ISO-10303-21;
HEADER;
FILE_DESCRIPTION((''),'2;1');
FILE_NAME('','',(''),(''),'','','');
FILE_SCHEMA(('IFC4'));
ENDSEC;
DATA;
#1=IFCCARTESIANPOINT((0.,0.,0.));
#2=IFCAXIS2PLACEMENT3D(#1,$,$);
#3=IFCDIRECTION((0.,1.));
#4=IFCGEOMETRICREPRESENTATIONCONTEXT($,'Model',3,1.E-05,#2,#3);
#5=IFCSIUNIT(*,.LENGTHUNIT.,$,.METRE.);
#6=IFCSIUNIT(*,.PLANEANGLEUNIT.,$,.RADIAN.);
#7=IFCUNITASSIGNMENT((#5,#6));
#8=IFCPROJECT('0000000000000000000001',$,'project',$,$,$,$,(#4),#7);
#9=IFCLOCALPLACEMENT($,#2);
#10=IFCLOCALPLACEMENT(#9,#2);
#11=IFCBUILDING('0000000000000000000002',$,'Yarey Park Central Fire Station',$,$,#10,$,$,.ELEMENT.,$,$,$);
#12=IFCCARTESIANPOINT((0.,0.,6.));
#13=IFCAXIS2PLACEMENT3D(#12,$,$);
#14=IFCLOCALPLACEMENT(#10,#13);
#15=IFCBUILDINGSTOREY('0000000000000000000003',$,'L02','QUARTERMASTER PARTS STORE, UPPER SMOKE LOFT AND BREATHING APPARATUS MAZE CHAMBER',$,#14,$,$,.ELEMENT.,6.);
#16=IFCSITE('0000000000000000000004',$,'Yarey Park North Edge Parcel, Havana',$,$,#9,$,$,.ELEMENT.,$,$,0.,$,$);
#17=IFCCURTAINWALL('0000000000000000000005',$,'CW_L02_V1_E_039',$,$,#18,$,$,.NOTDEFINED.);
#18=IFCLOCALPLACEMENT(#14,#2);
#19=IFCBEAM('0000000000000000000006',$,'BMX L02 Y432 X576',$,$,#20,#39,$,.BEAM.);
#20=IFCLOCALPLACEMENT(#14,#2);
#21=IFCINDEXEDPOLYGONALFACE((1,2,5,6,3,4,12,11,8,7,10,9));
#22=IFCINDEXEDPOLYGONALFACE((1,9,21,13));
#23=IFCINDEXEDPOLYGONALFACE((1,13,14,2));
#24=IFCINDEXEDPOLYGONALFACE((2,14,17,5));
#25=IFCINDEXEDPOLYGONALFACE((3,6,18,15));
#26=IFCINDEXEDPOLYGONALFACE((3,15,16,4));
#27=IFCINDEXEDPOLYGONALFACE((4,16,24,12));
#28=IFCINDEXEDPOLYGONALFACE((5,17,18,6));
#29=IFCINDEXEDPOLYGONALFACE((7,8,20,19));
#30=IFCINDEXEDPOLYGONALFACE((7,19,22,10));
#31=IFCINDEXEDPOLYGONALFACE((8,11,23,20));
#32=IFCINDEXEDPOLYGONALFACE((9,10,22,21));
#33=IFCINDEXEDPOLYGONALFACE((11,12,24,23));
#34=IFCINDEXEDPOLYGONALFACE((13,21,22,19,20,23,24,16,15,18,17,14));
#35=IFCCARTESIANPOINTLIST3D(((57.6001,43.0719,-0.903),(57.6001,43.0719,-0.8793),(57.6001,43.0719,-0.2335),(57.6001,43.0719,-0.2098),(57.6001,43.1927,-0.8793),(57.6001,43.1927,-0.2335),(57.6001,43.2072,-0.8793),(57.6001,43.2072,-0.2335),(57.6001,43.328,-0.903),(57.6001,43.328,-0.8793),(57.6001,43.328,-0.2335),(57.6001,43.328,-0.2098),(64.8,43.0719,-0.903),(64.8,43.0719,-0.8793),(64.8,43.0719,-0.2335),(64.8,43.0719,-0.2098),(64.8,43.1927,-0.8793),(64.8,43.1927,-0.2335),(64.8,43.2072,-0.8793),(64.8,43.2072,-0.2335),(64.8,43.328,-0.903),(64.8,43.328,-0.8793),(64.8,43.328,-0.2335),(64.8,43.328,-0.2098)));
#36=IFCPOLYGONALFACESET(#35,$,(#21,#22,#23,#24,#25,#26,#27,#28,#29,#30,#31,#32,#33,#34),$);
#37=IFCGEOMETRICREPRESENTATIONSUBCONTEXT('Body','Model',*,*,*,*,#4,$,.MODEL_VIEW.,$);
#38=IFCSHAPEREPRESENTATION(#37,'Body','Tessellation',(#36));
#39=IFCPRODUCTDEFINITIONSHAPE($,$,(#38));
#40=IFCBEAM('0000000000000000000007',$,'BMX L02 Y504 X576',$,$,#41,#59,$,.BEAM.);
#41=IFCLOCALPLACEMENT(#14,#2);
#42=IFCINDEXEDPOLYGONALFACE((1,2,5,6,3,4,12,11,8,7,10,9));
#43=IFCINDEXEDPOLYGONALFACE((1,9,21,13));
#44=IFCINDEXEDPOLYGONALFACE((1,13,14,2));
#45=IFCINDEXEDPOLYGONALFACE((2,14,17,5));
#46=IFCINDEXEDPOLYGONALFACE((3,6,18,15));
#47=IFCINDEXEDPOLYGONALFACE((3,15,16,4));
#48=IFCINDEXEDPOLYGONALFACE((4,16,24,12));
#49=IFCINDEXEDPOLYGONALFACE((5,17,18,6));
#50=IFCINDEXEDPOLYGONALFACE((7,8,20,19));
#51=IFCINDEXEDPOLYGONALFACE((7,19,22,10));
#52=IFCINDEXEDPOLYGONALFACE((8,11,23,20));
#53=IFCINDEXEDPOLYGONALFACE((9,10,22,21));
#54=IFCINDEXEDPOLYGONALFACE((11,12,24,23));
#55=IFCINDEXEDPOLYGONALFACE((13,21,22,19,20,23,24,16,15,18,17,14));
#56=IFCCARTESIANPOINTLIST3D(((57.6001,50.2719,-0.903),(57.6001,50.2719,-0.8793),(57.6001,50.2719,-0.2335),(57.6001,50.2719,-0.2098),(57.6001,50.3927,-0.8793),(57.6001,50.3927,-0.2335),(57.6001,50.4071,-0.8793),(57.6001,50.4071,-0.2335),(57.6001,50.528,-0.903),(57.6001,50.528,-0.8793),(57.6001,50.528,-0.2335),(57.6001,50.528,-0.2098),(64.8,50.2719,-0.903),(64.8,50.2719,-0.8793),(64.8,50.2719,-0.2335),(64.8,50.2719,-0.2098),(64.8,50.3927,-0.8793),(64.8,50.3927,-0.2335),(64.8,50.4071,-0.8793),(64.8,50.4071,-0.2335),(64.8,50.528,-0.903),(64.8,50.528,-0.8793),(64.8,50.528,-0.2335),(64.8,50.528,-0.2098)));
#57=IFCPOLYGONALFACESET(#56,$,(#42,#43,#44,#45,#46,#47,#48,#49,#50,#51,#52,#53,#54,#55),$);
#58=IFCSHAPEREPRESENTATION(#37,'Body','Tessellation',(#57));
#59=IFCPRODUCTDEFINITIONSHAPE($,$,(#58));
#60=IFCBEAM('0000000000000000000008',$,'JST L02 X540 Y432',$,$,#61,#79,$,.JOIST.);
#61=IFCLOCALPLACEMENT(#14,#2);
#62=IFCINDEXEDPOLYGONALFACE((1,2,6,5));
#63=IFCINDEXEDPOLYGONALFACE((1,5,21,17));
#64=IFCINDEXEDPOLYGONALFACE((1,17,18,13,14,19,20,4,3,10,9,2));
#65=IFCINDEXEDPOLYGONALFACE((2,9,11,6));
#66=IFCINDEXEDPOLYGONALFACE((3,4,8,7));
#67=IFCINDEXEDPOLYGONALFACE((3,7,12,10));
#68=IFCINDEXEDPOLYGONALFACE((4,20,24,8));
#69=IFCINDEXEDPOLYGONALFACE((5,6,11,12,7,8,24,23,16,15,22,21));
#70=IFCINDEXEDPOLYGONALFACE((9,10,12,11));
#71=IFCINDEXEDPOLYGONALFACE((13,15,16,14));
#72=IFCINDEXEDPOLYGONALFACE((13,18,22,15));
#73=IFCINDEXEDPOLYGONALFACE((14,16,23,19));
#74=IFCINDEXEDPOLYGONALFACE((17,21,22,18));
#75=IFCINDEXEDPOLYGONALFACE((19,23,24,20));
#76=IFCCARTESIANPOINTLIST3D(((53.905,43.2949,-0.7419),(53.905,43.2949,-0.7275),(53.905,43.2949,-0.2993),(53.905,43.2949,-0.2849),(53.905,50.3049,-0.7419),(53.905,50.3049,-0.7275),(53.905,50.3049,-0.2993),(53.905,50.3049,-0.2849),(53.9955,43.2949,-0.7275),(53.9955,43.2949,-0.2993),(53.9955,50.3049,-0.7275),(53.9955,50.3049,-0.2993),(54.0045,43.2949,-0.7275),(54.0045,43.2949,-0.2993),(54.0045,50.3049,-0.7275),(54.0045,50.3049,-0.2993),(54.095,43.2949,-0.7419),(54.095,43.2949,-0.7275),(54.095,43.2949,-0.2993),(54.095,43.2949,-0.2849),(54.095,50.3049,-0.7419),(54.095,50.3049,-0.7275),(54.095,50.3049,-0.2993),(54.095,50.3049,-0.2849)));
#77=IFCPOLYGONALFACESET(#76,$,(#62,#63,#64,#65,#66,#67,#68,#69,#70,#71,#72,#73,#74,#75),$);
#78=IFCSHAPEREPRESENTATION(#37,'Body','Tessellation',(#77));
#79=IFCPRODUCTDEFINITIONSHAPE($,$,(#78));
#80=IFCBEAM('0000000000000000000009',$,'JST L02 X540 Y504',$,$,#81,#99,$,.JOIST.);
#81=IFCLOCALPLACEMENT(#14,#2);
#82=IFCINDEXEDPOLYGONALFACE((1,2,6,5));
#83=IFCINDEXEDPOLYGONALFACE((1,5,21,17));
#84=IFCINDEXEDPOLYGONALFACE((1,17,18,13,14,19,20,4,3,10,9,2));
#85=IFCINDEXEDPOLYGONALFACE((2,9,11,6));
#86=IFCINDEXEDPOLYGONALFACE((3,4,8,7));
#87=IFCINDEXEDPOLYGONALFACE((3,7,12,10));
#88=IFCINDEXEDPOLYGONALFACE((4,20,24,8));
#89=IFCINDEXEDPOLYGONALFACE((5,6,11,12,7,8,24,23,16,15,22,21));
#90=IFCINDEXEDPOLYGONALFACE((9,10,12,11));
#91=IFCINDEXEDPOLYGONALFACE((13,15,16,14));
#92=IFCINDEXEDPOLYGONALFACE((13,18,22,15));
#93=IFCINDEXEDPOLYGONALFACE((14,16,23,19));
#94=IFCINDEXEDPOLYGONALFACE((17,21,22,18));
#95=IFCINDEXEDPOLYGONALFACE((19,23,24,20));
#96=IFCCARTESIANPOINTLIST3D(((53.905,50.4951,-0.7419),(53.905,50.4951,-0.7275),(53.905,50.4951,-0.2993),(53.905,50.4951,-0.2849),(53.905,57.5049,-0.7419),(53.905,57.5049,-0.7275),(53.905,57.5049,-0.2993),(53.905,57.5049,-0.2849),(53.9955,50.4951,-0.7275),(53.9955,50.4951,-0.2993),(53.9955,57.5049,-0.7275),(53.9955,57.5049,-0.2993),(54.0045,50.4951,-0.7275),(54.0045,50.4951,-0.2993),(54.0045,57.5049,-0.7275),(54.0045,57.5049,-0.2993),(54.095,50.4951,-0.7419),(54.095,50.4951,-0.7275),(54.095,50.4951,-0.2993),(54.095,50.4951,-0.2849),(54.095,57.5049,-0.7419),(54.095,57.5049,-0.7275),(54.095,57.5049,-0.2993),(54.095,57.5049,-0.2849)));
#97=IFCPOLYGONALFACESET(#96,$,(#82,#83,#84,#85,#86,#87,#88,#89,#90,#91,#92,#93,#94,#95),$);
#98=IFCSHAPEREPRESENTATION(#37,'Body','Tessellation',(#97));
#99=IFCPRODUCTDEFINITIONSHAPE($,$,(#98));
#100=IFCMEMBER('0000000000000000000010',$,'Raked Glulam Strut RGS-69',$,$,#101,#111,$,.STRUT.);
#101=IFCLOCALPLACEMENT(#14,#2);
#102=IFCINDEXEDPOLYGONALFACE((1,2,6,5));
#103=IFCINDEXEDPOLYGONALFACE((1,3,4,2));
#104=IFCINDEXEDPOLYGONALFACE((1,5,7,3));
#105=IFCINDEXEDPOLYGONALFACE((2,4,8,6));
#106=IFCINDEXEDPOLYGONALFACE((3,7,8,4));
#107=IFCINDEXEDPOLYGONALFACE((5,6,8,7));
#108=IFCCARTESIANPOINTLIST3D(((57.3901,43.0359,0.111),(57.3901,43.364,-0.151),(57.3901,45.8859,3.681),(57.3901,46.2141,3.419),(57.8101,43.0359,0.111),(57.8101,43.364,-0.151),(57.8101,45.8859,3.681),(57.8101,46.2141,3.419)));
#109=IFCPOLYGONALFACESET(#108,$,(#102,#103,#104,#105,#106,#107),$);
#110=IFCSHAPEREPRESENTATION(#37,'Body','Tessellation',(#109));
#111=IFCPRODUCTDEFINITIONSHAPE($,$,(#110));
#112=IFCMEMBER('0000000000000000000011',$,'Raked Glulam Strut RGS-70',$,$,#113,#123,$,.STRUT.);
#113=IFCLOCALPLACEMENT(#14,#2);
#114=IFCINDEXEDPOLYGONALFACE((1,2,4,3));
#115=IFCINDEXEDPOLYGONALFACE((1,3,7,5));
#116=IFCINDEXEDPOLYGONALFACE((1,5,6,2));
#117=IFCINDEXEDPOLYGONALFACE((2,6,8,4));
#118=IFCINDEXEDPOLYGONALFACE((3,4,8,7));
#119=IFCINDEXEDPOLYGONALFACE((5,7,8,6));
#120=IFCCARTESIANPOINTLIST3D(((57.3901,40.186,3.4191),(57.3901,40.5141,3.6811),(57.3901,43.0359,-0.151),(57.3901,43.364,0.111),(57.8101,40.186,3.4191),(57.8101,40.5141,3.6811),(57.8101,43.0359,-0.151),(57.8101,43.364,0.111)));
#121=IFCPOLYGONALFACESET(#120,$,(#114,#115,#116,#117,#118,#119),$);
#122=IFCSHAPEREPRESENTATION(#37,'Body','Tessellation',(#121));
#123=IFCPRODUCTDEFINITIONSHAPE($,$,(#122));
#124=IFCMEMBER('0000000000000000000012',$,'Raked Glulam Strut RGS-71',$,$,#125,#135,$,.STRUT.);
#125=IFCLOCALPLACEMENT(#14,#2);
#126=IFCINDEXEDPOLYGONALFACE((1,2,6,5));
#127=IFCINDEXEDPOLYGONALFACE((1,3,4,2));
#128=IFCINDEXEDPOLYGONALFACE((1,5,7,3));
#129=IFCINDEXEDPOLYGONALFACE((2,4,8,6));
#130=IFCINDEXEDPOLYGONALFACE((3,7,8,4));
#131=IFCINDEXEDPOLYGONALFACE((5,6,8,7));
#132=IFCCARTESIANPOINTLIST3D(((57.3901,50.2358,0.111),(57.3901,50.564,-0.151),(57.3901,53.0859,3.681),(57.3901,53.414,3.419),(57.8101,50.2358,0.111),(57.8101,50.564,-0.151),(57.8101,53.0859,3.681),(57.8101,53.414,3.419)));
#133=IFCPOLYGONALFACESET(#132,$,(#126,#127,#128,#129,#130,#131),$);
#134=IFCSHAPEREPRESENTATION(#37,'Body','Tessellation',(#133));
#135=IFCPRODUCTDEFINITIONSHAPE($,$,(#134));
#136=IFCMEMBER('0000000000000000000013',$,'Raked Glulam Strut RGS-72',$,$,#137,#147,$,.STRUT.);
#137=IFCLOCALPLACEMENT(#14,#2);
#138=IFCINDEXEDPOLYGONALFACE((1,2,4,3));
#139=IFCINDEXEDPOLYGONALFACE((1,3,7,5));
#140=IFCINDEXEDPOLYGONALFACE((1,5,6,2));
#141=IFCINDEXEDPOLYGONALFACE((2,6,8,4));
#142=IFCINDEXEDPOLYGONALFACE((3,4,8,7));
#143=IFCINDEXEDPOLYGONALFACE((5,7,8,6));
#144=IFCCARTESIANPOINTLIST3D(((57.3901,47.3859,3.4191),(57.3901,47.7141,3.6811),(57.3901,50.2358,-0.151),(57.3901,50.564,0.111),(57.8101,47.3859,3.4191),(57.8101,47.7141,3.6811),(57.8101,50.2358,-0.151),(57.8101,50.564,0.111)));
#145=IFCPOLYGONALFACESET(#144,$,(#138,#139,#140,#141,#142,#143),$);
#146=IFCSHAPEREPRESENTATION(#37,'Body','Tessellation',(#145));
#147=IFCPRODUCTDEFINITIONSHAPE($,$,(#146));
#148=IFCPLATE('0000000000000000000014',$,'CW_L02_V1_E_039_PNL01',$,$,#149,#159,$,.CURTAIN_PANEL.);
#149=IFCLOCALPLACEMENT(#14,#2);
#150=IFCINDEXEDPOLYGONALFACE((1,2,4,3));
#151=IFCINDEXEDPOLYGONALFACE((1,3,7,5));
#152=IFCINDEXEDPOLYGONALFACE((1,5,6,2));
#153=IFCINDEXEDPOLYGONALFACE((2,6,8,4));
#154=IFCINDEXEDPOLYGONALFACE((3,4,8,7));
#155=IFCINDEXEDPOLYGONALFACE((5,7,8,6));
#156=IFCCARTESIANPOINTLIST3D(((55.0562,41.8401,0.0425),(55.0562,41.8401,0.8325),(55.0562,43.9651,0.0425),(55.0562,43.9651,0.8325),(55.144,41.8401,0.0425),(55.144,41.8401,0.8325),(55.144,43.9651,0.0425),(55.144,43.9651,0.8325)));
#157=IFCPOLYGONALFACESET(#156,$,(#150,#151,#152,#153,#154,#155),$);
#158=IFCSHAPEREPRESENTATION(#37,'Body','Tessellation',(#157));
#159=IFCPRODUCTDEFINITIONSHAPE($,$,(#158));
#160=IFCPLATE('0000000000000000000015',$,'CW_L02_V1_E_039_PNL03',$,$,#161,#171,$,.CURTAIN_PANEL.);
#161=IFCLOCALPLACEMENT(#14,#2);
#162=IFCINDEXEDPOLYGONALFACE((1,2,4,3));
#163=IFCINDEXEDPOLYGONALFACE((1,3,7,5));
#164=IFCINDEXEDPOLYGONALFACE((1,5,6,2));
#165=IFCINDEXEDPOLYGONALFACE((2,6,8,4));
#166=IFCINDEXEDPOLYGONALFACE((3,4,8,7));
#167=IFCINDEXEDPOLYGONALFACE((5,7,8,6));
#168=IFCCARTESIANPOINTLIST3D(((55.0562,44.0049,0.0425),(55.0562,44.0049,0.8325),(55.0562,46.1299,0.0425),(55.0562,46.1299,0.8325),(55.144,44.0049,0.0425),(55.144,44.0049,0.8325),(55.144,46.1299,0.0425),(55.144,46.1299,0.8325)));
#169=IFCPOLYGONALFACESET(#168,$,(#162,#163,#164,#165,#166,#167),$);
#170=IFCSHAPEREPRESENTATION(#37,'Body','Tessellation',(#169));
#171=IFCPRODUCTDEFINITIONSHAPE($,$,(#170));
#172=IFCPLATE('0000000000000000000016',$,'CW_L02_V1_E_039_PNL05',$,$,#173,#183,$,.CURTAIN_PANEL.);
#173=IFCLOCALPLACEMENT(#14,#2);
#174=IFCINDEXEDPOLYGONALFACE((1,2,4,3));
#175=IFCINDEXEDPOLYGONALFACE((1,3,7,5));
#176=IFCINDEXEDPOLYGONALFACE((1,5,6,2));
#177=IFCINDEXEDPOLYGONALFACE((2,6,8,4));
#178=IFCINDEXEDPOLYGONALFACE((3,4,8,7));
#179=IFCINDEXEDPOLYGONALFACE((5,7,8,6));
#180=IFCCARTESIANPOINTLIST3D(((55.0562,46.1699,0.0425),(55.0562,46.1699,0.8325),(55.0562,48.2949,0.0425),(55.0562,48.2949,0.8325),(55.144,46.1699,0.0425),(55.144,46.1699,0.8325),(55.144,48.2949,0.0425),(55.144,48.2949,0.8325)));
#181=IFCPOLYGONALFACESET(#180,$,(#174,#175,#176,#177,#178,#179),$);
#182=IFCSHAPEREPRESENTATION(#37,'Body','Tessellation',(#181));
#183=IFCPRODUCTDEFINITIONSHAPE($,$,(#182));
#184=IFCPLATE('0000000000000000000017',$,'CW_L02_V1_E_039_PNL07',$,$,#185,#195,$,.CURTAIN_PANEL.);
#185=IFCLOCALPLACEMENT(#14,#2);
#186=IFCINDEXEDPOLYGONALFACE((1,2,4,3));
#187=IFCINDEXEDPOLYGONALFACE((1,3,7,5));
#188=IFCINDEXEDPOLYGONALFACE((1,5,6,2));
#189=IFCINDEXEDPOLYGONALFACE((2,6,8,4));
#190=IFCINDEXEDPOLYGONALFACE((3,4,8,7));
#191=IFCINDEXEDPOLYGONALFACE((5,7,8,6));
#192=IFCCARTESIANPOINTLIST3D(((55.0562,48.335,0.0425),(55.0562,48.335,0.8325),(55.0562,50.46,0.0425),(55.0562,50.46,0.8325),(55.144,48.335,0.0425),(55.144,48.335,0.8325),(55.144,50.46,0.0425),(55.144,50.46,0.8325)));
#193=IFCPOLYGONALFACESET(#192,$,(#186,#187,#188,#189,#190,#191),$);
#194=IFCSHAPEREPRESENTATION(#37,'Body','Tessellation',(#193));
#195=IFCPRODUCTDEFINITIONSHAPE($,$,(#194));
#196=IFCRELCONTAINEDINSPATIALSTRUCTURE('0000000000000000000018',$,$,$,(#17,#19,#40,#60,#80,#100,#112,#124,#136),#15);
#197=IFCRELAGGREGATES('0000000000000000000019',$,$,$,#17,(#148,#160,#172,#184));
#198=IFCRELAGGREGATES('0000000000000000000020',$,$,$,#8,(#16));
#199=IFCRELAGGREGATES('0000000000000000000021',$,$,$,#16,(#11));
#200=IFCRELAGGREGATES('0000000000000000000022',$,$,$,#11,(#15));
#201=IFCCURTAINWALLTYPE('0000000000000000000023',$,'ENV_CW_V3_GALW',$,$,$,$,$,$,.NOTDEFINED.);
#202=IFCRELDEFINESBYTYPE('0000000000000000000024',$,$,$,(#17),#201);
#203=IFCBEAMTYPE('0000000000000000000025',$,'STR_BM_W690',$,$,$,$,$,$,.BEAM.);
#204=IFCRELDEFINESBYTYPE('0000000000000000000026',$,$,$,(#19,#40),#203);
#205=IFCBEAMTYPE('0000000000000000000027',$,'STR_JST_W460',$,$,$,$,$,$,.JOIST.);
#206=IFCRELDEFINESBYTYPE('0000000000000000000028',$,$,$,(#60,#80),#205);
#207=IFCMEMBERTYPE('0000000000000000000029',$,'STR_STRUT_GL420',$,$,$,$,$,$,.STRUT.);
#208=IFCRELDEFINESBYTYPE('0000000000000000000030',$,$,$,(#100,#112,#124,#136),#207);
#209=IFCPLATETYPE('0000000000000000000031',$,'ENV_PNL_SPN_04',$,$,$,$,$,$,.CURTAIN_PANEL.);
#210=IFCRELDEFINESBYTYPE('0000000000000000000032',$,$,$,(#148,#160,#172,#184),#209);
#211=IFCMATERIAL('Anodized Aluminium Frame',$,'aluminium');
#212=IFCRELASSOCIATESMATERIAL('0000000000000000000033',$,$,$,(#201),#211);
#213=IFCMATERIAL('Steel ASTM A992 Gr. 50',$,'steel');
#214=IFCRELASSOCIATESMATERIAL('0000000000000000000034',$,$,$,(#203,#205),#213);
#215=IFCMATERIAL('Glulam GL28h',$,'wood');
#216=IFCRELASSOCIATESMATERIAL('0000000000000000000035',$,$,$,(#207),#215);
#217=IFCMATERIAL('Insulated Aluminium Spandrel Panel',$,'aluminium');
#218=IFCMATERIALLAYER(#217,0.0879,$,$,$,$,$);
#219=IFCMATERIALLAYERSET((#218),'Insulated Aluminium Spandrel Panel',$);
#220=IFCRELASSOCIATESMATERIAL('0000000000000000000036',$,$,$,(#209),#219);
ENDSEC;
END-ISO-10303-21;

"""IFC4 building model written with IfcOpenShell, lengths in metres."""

from ifc_helpers import new_model, si_unit, direction, frame, origin, origin_2d, place, context, subcontext, project, spatial, rectangle, i_section, extrude, material, layer, layer_set, material_profile, profile_set, type_object, element, aggregate, save


model = new_model("IFC4")

# Units and contexts
model_context = context("Model", 3, precision=1e-05, world=origin(), true_north=direction((0.0, 1.0)))
body_context = subcontext(model_context, "Body", "Model", "MODEL_VIEW")
ifc_project = project(units=[si_unit("LENGTHUNIT", "METRE"), si_unit("PLANEANGLEUNIT", "RADIAN")], contexts=[model_context])

# Site, building, storey
site_placement = place(None, origin())
site = spatial("IfcSite", under=ifc_project, at=site_placement, Name="Yarey Park North Edge Parcel, Havana", CompositionType="ELEMENT", RefElevation=0.0)
building_placement = place(site_placement, origin())
building = spatial("IfcBuilding", under=site, at=building_placement, Name="Yarey Park Central Fire Station", CompositionType="ELEMENT")
storey_placement = place(building_placement, frame((0.0, 0.0, 6.0)))
storey = spatial("IfcBuildingStorey", under=building, at=storey_placement, Name="L02", Description="QUARTERMASTER PARTS STORE, UPPER SMOKE LOFT AND BREATHING APPARATUS MAZE CHAMBER", CompositionType="ELEMENT", Elevation=6.0)

# Shared definitions
ifc_material_1 = material(Name="Steel ASTM A992 Gr. 50", Category="steel")

# Curtain wall
ifc_material_2 = material(Name="Anodized Aluminium Frame", Category="aluminium")
curtain_wall_type = type_object("IfcCurtainWallType", Name="ENV_CW_V3_GALW", PredefinedType="NOTDEFINED", material=ifc_material_2)
curtain_wall_placement = place(storey_placement, origin())
curtain_wall = element("IfcCurtainWall", 1, at=curtain_wall_placement, inside=storey, type_object=curtain_wall_type, Name="CW_L02_V1_E_039", PredefinedType="NOTDEFINED")

# Beams
ifc_material_profile_1 = material_profile(ifc_material_1, i_section(OverallWidth=0.2561, OverallDepth=0.6931, WebThickness=0.0144, FlangeThickness=0.0237, at=origin_2d()), Name="W690x170")
ifc_profile_set_1 = profile_set([ifc_material_profile_1], Name="Steel ASTM A992 Gr. 50")
beam_type_1 = type_object("IfcBeamType", Name="STR_BM_W690", PredefinedType="BEAM", material=ifc_profile_set_1)
for number, where, z_axis, x_axis, name in (
    (2, (57.6001, 43.2, -0.5564), (1.0, 0.0, 0.0), (0.0, 1.0, 0.0), "BMX L02 Y432 X576"),
    (3, (57.6001, 50.3999, -0.5564), (1.0, 0.0, 0.0), (0.0, 1.0, 0.0), "BMX L02 Y504 X576"),
):
    element("IfcBeam", number, at=place(storey_placement, frame(where, z_axis=z_axis, x_axis=x_axis)), inside=storey, type_object=beam_type_1, Name=name, PredefinedType="BEAM", context=body_context, shape_type="SweptSolid", body=[
        extrude(i_section(OverallWidth=0.2561, OverallDepth=0.6931, WebThickness=0.0144, FlangeThickness=0.0237, at=origin_2d()), origin(), (0.0, 0.0, 1.0), 7.2),
    ])
ifc_material_profile_2 = material_profile(ifc_material_1, i_section(OverallWidth=0.1899, OverallDepth=0.457, WebThickness=0.009, FlangeThickness=0.0144, at=origin_2d()), Name="W460x74")
ifc_profile_set_2 = profile_set([ifc_material_profile_2], Name="Steel ASTM A992 Gr. 50")
beam_type_2 = type_object("IfcBeamType", Name="STR_JST_W460", PredefinedType="JOIST", material=ifc_profile_set_2)
beam_1_placement = place(storey_placement, frame((54.0, 43.2949, -0.5134), z_axis=(0.0, 1.0, 0.0), x_axis=(-1.0, 0.0, 0.0)))
element("IfcBeam", 4, at=beam_1_placement, inside=storey, type_object=beam_type_2, Name="JST L02 X540 Y432", PredefinedType="JOIST", context=body_context, shape_type="SweptSolid", body=[
    extrude(i_section(OverallWidth=0.1899, OverallDepth=0.457, WebThickness=0.009, FlangeThickness=0.0144, at=origin_2d()), origin(), (0.0, 0.0, 1.0), 7.01),
])
beam_2_placement = place(storey_placement, frame((54.0, 50.4951, -0.5134), z_axis=(0.0, 1.0, 0.0), x_axis=(-1.0, 0.0, 0.0)))
element("IfcBeam", 5, at=beam_2_placement, inside=storey, type_object=beam_type_2, Name="JST L02 X540 Y504", PredefinedType="JOIST", context=body_context, shape_type="SweptSolid", body=[
    extrude(i_section(OverallWidth=0.1899, OverallDepth=0.457, WebThickness=0.009, FlangeThickness=0.0144, at=origin_2d()), origin(), (0.0, 0.0, 1.0), 7.0098),
])

# Members
ifc_material_3 = material(Name="Glulam GL28h", Category="wood")
ifc_material_profile_3 = material_profile(ifc_material_3, rectangle(XDim=0.4199, YDim=0.4199, at=origin_2d()), Name="GL 420x420")
ifc_profile_set_3 = profile_set([ifc_material_profile_3], Name="Glulam GL28h")
member_type_1 = type_object("IfcMemberType", Name="STR_STRUT_GL420", PredefinedType="STRUT", material=ifc_profile_set_3)
for number, where, z_axis, x_axis, name in (
    (6, (57.6001, 43.2, -0.02), (0.0, 0.6239, 0.781505), (-1.0, 0.0, 0.0), "Raked Glulam Strut RGS-69"),
    (7, (57.6001, 43.2, -0.02), (0.0, -0.623867, 0.781531), (1.0, 0.0, 0.0), "Raked Glulam Strut RGS-70"),
    (8, (57.6001, 50.3999, -0.02), (0.0, 0.6239, 0.781505), (-1.0, 0.0, 0.0), "Raked Glulam Strut RGS-71"),
    (9, (57.6001, 50.3999, -0.02), (0.0, -0.623867, 0.781531), (1.0, 0.0, 0.0), "Raked Glulam Strut RGS-72"),
):
    element("IfcMember", number, at=place(storey_placement, frame(where, z_axis=z_axis, x_axis=x_axis)), inside=storey, type_object=member_type_1, Name=name, PredefinedType="STRUT", context=body_context, shape_type="SweptSolid", body=[
        extrude(rectangle(XDim=0.4199, YDim=0.4199, at=origin_2d()), origin(), (0.0, 0.0, 1.0), 4.5681),
    ])

# Plates
ifc_material_4 = material(Name="Insulated Aluminium Spandrel Panel", Category="aluminium")
ifc_layer_1 = layer(ifc_material_4, 0.0879)
ifc_layer_set_1 = layer_set([ifc_layer_1], Name="Insulated Aluminium Spandrel Panel")
plate_type_1 = type_object("IfcPlateType", Name="ENV_PNL_SPN_04", PredefinedType="CURTAIN_PANEL", material=ifc_layer_set_1)
plate_1_placement = place(storey_placement, frame((55.1001, 42.9026, 0.0425), z_axis=(0.0, 0.0, 1.0), x_axis=(0.0, 1.0, 0.0)))
plate_1 = element("IfcPlate", 10, at=plate_1_placement, type_object=plate_type_1, Name="CW_L02_V1_E_039_PNL01", PredefinedType="CURTAIN_PANEL", context=body_context, shape_type="SweptSolid", body=[
    extrude(rectangle(XDim=2.125, YDim=0.0879, at=origin_2d()), origin(), (0.0, 0.0, 1.0), 0.79),
])
plate_2_placement = place(storey_placement, frame((55.1001, 45.0674, 0.0425), z_axis=(0.0, 0.0, 1.0), x_axis=(0.0, 1.0, 0.0)))
plate_2 = element("IfcPlate", 11, at=plate_2_placement, type_object=plate_type_1, Name="CW_L02_V1_E_039_PNL03", PredefinedType="CURTAIN_PANEL", context=body_context, shape_type="SweptSolid", body=[
    extrude(rectangle(XDim=2.125, YDim=0.0879, at=origin_2d()), origin(), (0.0, 0.0, 1.0), 0.79),
])
plate_3_placement = place(storey_placement, frame((55.1001, 47.2324, 0.0425), z_axis=(0.0, 0.0, 1.0), x_axis=(0.0, 1.0, 0.0)))
plate_3 = element("IfcPlate", 12, at=plate_3_placement, type_object=plate_type_1, Name="CW_L02_V1_E_039_PNL05", PredefinedType="CURTAIN_PANEL", context=body_context, shape_type="SweptSolid", body=[
    extrude(rectangle(XDim=2.125, YDim=0.0879, at=origin_2d()), origin(), (0.0, 0.0, 1.0), 0.79),
])
plate_4_placement = place(storey_placement, frame((55.1001, 49.3975, 0.0425), z_axis=(0.0, 0.0, 1.0), x_axis=(0.0, 1.0, 0.0)))
plate_4 = element("IfcPlate", 13, at=plate_4_placement, type_object=plate_type_1, Name="CW_L02_V1_E_039_PNL07", PredefinedType="CURTAIN_PANEL", context=body_context, shape_type="SweptSolid", body=[
    extrude(rectangle(XDim=2.125, YDim=0.0879, at=origin_2d()), origin(), (0.0, 0.0, 1.0), 0.79),
])
aggregate(curtain_wall, [plate_1, plate_2, plate_3, plate_4])

save(model, "model.ifc")
